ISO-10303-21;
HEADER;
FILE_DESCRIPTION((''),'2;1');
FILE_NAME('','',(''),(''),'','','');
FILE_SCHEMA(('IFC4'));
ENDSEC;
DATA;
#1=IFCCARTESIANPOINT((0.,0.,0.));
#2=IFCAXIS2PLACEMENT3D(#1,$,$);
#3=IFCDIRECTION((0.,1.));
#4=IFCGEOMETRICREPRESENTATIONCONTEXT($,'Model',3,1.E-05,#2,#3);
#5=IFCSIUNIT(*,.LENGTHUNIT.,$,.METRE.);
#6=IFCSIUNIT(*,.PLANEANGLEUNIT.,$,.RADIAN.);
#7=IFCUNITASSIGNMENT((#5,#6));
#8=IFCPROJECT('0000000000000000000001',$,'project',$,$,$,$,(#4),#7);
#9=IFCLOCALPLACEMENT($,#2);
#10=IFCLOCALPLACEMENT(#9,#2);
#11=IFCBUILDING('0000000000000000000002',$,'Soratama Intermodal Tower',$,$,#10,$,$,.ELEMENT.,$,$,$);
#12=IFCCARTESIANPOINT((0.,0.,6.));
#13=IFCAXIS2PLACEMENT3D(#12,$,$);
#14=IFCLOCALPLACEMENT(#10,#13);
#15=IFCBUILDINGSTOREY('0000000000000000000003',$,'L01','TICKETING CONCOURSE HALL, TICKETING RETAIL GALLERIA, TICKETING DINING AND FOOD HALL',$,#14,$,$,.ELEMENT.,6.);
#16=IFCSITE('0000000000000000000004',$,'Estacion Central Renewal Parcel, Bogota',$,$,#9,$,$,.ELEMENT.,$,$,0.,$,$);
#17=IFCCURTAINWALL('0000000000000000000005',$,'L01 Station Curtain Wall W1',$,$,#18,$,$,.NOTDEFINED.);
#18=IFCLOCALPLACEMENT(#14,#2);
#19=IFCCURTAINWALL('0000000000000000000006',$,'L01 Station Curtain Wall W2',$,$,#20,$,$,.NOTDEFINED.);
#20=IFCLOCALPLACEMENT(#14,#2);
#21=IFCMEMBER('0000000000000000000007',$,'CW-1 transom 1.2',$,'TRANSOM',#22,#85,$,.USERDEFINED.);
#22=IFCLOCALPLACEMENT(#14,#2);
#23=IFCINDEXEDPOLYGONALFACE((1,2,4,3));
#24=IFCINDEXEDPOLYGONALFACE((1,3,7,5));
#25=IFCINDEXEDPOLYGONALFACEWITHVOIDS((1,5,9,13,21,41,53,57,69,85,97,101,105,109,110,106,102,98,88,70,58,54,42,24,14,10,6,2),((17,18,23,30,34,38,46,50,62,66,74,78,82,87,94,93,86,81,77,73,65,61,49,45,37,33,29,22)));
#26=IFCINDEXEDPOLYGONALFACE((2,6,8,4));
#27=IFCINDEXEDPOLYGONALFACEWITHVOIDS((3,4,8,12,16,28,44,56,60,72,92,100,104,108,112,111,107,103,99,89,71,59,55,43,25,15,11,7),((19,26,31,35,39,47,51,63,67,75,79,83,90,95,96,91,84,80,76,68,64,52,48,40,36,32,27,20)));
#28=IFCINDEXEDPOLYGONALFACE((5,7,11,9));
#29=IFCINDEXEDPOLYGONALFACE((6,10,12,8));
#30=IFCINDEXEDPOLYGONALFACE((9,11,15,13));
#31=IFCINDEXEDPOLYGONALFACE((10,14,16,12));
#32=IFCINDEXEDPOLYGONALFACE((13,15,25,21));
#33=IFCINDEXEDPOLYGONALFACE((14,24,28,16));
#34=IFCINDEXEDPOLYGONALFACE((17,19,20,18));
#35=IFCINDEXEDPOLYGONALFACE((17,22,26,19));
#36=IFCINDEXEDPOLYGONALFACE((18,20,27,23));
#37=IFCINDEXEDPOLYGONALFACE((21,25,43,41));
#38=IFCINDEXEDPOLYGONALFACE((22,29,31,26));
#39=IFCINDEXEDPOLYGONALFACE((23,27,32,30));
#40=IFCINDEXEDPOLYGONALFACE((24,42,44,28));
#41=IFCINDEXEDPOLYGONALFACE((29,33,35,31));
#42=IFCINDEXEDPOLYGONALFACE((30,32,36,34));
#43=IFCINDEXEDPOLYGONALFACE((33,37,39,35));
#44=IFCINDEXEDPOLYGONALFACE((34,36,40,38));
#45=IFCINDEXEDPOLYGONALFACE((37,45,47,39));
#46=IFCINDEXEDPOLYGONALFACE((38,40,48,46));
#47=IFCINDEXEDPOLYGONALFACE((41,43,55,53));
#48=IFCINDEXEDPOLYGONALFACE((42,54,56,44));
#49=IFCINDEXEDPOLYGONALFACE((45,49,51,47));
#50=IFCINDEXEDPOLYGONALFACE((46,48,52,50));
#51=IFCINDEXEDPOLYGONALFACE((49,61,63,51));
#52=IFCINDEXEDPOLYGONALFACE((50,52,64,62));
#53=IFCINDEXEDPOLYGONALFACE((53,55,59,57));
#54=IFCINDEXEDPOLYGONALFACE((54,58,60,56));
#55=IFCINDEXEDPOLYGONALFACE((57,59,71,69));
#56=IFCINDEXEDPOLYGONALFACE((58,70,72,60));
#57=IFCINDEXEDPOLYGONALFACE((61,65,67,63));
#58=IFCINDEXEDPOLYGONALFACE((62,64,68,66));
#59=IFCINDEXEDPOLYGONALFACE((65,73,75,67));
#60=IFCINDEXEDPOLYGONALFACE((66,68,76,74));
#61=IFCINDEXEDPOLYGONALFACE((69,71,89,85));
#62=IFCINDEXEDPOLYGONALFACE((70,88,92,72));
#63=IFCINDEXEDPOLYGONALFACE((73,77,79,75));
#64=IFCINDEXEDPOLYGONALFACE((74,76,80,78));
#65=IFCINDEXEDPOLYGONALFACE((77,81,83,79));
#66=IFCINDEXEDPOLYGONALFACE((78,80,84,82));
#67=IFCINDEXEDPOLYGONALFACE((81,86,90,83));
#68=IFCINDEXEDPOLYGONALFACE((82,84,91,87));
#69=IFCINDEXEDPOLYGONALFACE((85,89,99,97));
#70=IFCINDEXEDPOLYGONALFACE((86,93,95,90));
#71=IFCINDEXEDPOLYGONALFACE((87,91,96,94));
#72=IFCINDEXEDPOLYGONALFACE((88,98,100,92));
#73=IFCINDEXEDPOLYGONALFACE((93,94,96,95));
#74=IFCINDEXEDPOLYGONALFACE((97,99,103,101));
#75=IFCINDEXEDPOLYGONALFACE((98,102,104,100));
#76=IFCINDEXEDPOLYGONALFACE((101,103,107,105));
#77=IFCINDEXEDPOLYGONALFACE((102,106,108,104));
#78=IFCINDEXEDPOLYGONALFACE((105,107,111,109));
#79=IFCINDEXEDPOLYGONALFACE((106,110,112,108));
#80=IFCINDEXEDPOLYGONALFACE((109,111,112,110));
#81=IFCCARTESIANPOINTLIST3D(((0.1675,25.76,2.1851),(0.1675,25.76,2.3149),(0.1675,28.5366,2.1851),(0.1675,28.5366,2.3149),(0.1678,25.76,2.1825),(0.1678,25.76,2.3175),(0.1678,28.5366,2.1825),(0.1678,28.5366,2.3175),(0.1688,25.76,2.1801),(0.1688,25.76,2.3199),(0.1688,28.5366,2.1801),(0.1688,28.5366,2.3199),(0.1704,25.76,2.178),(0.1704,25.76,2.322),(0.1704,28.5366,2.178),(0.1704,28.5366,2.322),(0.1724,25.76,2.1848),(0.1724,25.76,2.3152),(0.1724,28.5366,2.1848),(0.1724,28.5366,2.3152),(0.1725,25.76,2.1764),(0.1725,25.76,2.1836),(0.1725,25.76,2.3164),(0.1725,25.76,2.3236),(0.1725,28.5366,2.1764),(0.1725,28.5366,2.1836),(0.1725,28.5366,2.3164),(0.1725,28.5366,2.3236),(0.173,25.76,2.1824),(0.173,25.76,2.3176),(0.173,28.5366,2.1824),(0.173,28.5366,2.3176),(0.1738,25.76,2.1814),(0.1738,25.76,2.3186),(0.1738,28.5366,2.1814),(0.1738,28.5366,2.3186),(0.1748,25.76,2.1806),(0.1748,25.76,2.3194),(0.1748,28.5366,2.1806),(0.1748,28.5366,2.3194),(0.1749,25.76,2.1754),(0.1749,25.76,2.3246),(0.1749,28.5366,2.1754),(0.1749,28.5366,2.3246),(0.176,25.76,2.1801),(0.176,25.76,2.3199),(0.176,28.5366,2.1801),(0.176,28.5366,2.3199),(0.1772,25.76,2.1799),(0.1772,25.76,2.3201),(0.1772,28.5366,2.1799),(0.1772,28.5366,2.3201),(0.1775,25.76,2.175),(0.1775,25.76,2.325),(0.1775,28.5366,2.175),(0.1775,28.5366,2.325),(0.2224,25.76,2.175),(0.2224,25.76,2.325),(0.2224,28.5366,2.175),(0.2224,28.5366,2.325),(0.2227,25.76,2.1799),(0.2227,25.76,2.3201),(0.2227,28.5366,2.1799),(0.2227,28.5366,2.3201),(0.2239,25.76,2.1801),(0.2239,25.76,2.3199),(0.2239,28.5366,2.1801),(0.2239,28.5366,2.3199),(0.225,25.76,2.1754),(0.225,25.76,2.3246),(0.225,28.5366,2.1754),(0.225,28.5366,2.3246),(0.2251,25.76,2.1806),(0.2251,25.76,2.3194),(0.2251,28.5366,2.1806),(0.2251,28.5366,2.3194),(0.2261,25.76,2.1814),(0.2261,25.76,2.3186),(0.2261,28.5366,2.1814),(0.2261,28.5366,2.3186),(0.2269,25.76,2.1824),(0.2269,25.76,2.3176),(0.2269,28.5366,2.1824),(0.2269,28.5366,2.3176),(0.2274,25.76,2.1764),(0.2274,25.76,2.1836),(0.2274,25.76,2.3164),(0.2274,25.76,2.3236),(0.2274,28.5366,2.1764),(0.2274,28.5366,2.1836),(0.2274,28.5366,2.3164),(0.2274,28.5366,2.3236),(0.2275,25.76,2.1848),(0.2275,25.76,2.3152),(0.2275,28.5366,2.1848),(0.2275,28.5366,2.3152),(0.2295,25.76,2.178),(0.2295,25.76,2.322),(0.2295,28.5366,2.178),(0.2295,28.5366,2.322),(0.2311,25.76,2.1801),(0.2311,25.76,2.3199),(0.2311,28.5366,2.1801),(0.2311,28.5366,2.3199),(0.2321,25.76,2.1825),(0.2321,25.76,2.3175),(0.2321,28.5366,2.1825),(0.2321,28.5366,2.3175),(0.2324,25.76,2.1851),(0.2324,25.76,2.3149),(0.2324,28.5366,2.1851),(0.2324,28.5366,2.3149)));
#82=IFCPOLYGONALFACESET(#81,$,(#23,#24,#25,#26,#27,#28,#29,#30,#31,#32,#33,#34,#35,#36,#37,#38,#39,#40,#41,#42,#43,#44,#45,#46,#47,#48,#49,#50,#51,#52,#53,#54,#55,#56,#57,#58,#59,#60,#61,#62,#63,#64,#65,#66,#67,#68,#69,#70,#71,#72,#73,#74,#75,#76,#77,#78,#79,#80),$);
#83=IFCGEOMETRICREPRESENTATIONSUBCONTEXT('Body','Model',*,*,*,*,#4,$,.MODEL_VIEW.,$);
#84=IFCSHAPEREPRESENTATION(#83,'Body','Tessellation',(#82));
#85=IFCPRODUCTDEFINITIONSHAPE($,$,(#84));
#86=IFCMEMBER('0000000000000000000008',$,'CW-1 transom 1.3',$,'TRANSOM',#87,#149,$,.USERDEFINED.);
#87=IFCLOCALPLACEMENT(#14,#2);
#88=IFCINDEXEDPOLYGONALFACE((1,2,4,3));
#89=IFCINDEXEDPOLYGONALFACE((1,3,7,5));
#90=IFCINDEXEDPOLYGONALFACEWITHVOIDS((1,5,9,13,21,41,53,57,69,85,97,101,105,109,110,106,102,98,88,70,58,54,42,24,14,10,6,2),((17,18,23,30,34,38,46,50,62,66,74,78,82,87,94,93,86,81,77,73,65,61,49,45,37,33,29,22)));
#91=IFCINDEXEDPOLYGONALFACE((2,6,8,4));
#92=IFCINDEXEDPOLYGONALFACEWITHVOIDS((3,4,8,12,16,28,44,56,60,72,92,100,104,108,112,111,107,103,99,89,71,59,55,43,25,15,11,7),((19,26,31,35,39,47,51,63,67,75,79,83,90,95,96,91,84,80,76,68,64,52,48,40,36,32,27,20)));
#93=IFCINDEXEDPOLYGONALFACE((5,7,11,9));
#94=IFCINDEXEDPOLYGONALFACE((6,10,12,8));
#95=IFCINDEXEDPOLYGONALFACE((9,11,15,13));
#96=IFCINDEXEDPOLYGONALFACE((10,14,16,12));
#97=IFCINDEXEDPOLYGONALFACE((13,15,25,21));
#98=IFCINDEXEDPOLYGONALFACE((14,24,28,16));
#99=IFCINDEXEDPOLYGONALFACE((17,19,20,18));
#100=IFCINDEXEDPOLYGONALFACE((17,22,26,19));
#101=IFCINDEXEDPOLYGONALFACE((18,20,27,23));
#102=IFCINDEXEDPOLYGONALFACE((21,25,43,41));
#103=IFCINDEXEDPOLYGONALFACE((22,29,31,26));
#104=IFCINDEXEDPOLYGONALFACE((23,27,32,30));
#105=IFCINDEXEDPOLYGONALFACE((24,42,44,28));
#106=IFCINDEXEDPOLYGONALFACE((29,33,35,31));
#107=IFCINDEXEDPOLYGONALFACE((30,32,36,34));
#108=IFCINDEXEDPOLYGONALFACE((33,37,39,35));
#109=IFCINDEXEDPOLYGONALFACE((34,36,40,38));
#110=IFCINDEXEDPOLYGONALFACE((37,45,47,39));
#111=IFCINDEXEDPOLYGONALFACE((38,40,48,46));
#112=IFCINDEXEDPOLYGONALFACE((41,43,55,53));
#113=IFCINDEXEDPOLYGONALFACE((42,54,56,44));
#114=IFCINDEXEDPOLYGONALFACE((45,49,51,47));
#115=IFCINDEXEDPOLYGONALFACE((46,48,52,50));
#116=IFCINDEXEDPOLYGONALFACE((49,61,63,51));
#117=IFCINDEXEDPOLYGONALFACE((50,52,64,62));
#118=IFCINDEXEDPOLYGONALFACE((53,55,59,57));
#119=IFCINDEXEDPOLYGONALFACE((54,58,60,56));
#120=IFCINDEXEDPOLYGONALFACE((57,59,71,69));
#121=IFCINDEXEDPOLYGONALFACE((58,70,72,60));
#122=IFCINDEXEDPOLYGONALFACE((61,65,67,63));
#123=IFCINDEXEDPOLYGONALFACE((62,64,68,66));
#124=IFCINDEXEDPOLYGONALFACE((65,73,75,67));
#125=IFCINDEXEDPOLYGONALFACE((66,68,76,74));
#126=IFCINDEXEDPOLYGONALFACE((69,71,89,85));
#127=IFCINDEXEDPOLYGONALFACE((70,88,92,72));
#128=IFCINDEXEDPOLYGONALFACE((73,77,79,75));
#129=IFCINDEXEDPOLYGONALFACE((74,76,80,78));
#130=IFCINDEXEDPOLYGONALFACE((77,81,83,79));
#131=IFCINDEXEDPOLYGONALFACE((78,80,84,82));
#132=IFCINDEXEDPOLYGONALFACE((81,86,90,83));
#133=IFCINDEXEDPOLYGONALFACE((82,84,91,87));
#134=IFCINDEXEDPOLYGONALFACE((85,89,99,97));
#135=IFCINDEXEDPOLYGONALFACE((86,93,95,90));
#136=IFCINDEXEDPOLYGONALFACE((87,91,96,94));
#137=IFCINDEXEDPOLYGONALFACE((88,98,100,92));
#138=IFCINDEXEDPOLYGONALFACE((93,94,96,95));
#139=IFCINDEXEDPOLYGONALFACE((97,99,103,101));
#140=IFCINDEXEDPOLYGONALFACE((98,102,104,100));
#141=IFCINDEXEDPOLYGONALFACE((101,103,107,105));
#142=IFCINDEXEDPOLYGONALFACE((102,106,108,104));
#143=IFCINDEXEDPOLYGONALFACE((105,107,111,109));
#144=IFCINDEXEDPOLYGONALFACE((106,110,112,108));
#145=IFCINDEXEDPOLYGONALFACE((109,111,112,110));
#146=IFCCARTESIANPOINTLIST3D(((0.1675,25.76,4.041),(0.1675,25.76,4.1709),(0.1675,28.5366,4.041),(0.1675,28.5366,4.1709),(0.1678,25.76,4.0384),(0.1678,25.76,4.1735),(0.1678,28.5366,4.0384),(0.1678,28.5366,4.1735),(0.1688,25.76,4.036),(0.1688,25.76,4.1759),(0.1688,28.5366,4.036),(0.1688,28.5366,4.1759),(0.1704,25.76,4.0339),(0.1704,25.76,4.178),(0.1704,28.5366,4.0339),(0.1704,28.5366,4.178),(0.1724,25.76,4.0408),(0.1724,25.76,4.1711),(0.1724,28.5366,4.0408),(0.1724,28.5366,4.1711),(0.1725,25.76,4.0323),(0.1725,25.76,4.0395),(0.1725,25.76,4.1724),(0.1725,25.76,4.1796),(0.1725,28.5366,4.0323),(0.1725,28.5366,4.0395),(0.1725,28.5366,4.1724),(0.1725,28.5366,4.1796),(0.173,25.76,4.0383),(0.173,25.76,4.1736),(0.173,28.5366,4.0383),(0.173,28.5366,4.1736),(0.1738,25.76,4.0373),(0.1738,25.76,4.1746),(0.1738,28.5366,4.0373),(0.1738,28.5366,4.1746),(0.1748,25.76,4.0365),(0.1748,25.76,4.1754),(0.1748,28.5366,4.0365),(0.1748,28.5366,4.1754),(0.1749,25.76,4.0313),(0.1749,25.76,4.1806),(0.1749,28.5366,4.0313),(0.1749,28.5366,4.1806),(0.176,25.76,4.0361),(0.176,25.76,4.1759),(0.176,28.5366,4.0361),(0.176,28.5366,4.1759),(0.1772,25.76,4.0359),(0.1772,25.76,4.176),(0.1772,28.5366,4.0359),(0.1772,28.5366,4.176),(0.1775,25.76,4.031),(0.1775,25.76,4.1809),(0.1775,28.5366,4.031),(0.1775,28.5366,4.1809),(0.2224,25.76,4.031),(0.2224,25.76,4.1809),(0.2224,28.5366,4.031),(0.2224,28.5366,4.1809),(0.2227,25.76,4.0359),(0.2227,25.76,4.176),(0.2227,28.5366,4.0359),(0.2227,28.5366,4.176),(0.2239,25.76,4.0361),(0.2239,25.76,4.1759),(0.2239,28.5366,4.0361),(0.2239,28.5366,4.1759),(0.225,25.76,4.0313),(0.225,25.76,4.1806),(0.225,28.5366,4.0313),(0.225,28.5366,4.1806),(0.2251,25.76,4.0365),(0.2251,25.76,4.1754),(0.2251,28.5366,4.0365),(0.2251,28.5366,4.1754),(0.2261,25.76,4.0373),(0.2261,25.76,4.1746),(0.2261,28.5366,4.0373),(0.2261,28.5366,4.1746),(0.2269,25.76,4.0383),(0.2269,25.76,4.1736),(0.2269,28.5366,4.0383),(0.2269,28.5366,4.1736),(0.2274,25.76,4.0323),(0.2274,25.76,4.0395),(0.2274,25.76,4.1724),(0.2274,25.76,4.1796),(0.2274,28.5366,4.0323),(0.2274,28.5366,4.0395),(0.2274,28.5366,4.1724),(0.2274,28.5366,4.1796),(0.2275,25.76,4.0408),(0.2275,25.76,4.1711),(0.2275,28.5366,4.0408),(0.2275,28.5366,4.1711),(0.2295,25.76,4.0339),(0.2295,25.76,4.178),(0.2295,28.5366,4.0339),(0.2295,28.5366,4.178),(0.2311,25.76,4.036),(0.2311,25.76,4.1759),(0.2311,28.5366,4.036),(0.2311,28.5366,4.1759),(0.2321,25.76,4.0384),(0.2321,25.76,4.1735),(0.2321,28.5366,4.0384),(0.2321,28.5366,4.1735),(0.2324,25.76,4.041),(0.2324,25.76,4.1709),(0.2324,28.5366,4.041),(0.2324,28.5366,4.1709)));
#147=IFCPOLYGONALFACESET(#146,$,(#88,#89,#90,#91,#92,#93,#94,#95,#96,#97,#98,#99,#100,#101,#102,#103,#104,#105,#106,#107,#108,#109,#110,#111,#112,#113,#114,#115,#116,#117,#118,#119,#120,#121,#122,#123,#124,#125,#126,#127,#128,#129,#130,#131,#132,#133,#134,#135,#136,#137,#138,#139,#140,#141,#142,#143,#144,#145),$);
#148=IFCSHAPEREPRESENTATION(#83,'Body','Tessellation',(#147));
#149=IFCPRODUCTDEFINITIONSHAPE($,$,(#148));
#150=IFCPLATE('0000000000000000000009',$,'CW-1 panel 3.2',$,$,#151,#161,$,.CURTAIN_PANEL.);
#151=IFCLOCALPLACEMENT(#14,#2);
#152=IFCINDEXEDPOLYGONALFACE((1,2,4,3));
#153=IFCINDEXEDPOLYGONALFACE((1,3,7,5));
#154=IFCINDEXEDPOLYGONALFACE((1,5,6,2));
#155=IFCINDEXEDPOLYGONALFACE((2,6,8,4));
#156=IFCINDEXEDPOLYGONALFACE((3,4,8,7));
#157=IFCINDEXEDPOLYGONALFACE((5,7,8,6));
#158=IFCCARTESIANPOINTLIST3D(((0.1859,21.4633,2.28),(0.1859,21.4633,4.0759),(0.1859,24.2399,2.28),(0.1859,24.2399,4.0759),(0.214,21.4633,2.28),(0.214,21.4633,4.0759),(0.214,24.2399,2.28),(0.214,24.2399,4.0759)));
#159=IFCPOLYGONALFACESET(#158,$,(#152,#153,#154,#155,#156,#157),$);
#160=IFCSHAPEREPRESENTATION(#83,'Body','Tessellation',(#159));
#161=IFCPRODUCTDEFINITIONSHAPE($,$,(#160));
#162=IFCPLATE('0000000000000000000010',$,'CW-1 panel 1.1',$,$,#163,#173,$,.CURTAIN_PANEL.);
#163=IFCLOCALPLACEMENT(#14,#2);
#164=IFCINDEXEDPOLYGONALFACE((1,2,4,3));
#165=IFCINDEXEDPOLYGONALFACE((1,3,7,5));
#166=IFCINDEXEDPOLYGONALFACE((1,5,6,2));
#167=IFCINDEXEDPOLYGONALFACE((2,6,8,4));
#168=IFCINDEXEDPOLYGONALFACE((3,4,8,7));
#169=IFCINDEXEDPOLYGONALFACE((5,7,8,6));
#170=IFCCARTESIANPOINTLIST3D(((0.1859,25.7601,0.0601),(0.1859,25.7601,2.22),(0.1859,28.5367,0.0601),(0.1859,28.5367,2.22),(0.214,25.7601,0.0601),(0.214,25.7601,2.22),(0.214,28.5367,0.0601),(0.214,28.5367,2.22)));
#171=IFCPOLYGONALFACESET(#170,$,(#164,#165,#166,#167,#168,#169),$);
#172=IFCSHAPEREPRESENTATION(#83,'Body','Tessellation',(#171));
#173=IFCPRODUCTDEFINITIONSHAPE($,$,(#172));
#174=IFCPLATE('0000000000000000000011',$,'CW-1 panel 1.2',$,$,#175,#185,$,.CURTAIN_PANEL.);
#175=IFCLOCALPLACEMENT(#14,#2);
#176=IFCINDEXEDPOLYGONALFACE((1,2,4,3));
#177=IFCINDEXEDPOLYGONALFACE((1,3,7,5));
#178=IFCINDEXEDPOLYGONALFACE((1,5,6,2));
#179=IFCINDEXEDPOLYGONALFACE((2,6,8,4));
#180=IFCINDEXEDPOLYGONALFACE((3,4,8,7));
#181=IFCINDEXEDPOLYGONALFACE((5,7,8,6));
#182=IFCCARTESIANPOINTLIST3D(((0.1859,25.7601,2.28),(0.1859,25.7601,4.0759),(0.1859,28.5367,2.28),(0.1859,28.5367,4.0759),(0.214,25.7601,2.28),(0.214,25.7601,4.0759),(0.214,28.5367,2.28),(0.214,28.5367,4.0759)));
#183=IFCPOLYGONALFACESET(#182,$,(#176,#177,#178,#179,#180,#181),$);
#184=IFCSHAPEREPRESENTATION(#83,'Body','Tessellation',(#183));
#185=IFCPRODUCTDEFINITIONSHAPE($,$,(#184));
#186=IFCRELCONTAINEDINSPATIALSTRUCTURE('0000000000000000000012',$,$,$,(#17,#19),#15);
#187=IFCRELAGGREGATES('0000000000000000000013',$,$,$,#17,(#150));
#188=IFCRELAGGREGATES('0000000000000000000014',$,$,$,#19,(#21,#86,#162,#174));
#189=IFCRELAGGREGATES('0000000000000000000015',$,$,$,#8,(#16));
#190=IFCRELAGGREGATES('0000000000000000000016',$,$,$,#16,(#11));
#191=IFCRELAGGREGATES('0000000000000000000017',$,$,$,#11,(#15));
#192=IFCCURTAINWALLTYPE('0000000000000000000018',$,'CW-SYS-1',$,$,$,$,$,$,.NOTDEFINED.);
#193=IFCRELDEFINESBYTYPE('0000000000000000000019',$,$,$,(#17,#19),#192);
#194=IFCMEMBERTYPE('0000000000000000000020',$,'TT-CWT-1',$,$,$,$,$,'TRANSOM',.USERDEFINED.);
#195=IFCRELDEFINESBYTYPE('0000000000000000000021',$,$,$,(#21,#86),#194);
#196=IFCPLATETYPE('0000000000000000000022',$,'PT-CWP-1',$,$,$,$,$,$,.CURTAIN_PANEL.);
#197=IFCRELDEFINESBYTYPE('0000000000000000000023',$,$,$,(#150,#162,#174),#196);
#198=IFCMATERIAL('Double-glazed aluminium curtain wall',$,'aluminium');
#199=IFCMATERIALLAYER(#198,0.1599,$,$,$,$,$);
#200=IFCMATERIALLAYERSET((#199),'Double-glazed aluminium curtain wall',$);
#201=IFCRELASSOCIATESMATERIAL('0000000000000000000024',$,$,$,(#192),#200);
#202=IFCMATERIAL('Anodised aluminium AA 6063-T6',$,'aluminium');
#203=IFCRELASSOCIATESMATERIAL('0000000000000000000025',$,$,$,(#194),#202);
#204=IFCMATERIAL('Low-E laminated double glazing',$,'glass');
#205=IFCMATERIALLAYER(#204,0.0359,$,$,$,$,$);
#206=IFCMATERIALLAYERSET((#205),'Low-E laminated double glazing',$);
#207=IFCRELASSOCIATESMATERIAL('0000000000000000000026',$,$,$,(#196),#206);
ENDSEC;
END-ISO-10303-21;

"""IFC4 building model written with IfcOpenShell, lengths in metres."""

from ifc_helpers import new_model, si_unit, direction, frame, origin, origin_2d, place, context, subcontext, project, spatial, rectangle, hollow_rectangle, extrude, material, layer, layer_set, material_profile, profile_set, type_object, element, aggregate, save


model = new_model("IFC4")

# Units and contexts
model_context = context("Model", 3, precision=1e-05, world=origin(), true_north=direction((0.0, 1.0)))
body_context = subcontext(model_context, "Body", "Model", "MODEL_VIEW")
ifc_project = project(units=[si_unit("LENGTHUNIT", "METRE"), si_unit("PLANEANGLEUNIT", "RADIAN")], contexts=[model_context])

# Site, building, storey
site_placement = place(None, origin())
site = spatial("IfcSite", under=ifc_project, at=site_placement, Name="Estacion Central Renewal Parcel, Bogota", CompositionType="ELEMENT", RefElevation=0.0)
building_placement = place(site_placement, origin())
building = spatial("IfcBuilding", under=site, at=building_placement, Name="Soratama Intermodal Tower", CompositionType="ELEMENT")
storey_placement = place(building_placement, frame((0.0, 0.0, 6.0)))
storey = spatial("IfcBuildingStorey", under=building, at=storey_placement, Name="L01", Description="TICKETING CONCOURSE HALL, TICKETING RETAIL GALLERIA, TICKETING DINING AND FOOD HALL", CompositionType="ELEMENT", Elevation=6.0)

# Curtain wall
ifc_material_1 = material(Name="Double-glazed aluminium curtain wall", Category="aluminium")
ifc_layer_1 = layer(ifc_material_1, 0.1599)
ifc_layer_set_1 = layer_set([ifc_layer_1], Name="Double-glazed aluminium curtain wall")
curtain_wall_type = type_object("IfcCurtainWallType", Name="CW-SYS-1", PredefinedType="NOTDEFINED", material=ifc_layer_set_1)
curtain_wall_1_placement = place(storey_placement, origin())
curtain_wall_1 = element("IfcCurtainWall", 1, at=curtain_wall_1_placement, inside=storey, type_object=curtain_wall_type, Name="L01 Station Curtain Wall W1", PredefinedType="NOTDEFINED")

# Curtain wall, members
curtain_wall_2_placement = place(storey_placement, origin())
curtain_wall_2 = element("IfcCurtainWall", 2, at=curtain_wall_2_placement, inside=storey, type_object=curtain_wall_type, Name="L01 Station Curtain Wall W2", PredefinedType="NOTDEFINED")
ifc_material_2 = material(Name="Anodised aluminium AA 6063-T6", Category="aluminium")
ifc_material_profile_1 = material_profile(ifc_material_2, hollow_rectangle(XDim=0.0649, YDim=0.1499, WallThickness=0.0049, InnerFilletRadius=0.0049, OuterFilletRadius=0.01, at=origin_2d()), Name="CWT150X65X5")
ifc_profile_set_1 = profile_set([ifc_material_profile_1], Name="Anodised aluminium AA 6063-T6")
member_type_1 = type_object("IfcMemberType", Name="TT-CWT-1", ElementType="TRANSOM", PredefinedType="USERDEFINED", material=ifc_profile_set_1)
member_1_placement = place(storey_placement, frame((0.2, 25.76, 2.25), z_axis=(0.0, 1.0, 0.0), x_axis=(-1.0, 0.0, 0.0)))
member_1 = element("IfcMember", 3, at=member_1_placement, type_object=member_type_1, Name="CW-1 transom 1.2", ObjectType="TRANSOM", PredefinedType="USERDEFINED", context=body_context, shape_type="SweptSolid", body=[
    extrude(hollow_rectangle(XDim=0.0649, YDim=0.1499, WallThickness=0.0049, InnerFilletRadius=0.0049, OuterFilletRadius=0.01, at=origin_2d()), origin(), (0.0, 0.0, 1.0), 2.7766),
])
member_2_placement = place(storey_placement, frame((0.2, 25.76, 4.106), z_axis=(0.0, 1.0, 0.0), x_axis=(-1.0, 0.0, 0.0)))
member_2 = element("IfcMember", 4, at=member_2_placement, type_object=member_type_1, Name="CW-1 transom 1.3", ObjectType="TRANSOM", PredefinedType="USERDEFINED", context=body_context, shape_type="SweptSolid", body=[
    extrude(hollow_rectangle(XDim=0.0649, YDim=0.1499, WallThickness=0.0049, InnerFilletRadius=0.0049, OuterFilletRadius=0.01, at=origin_2d()), origin(), (0.0, 0.0, 1.0), 2.7766),
])

# Plates
ifc_material_3 = material(Name="Low-E laminated double glazing", Category="glass")
ifc_layer_2 = layer(ifc_material_3, 0.0359)
ifc_layer_set_2 = layer_set([ifc_layer_2], Name="Low-E laminated double glazing")
plate_type = type_object("IfcPlateType", Name="PT-CWP-1", PredefinedType="CURTAIN_PANEL", material=ifc_layer_set_2)
plate_1_placement = place(storey_placement, frame((0.2, 22.8516, 2.28), z_axis=(0.0, 0.0, 1.0), x_axis=(0.0, 1.0, 0.0)))
plate_1 = element("IfcPlate", 5, at=plate_1_placement, type_object=plate_type, Name="CW-1 panel 3.2", PredefinedType="CURTAIN_PANEL", context=body_context, shape_type="SweptSolid", body=[
    extrude(rectangle(XDim=2.7766, YDim=0.0281, at=origin_2d()), origin(), (0.0, 0.0, 1.0), 1.7959),
])
aggregate(curtain_wall_1, [plate_1])
plate_2_placement = place(storey_placement, frame((0.2, 27.1484, 0.0601), z_axis=(0.0, 0.0, 1.0), x_axis=(0.0, 1.0, 0.0)))
plate_2 = element("IfcPlate", 6, at=plate_2_placement, type_object=plate_type, Name="CW-1 panel 1.1", PredefinedType="CURTAIN_PANEL", context=body_context, shape_type="SweptSolid", body=[
    extrude(rectangle(XDim=2.7766, YDim=0.0281, at=origin_2d()), origin(), (0.0, 0.0, 1.0), 2.1599),
])
plate_3_placement = place(storey_placement, frame((0.2, 27.1484, 2.28), z_axis=(0.0, 0.0, 1.0), x_axis=(0.0, 1.0, 0.0)))
plate_3 = element("IfcPlate", 7, at=plate_3_placement, type_object=plate_type, Name="CW-1 panel 1.2", PredefinedType="CURTAIN_PANEL", context=body_context, shape_type="SweptSolid", body=[
    extrude(rectangle(XDim=2.7766, YDim=0.0281, at=origin_2d()), origin(), (0.0, 0.0, 1.0), 1.7959),
])
aggregate(curtain_wall_2, [member_1, member_2, plate_2, plate_3])

save(model, "model.ifc")
